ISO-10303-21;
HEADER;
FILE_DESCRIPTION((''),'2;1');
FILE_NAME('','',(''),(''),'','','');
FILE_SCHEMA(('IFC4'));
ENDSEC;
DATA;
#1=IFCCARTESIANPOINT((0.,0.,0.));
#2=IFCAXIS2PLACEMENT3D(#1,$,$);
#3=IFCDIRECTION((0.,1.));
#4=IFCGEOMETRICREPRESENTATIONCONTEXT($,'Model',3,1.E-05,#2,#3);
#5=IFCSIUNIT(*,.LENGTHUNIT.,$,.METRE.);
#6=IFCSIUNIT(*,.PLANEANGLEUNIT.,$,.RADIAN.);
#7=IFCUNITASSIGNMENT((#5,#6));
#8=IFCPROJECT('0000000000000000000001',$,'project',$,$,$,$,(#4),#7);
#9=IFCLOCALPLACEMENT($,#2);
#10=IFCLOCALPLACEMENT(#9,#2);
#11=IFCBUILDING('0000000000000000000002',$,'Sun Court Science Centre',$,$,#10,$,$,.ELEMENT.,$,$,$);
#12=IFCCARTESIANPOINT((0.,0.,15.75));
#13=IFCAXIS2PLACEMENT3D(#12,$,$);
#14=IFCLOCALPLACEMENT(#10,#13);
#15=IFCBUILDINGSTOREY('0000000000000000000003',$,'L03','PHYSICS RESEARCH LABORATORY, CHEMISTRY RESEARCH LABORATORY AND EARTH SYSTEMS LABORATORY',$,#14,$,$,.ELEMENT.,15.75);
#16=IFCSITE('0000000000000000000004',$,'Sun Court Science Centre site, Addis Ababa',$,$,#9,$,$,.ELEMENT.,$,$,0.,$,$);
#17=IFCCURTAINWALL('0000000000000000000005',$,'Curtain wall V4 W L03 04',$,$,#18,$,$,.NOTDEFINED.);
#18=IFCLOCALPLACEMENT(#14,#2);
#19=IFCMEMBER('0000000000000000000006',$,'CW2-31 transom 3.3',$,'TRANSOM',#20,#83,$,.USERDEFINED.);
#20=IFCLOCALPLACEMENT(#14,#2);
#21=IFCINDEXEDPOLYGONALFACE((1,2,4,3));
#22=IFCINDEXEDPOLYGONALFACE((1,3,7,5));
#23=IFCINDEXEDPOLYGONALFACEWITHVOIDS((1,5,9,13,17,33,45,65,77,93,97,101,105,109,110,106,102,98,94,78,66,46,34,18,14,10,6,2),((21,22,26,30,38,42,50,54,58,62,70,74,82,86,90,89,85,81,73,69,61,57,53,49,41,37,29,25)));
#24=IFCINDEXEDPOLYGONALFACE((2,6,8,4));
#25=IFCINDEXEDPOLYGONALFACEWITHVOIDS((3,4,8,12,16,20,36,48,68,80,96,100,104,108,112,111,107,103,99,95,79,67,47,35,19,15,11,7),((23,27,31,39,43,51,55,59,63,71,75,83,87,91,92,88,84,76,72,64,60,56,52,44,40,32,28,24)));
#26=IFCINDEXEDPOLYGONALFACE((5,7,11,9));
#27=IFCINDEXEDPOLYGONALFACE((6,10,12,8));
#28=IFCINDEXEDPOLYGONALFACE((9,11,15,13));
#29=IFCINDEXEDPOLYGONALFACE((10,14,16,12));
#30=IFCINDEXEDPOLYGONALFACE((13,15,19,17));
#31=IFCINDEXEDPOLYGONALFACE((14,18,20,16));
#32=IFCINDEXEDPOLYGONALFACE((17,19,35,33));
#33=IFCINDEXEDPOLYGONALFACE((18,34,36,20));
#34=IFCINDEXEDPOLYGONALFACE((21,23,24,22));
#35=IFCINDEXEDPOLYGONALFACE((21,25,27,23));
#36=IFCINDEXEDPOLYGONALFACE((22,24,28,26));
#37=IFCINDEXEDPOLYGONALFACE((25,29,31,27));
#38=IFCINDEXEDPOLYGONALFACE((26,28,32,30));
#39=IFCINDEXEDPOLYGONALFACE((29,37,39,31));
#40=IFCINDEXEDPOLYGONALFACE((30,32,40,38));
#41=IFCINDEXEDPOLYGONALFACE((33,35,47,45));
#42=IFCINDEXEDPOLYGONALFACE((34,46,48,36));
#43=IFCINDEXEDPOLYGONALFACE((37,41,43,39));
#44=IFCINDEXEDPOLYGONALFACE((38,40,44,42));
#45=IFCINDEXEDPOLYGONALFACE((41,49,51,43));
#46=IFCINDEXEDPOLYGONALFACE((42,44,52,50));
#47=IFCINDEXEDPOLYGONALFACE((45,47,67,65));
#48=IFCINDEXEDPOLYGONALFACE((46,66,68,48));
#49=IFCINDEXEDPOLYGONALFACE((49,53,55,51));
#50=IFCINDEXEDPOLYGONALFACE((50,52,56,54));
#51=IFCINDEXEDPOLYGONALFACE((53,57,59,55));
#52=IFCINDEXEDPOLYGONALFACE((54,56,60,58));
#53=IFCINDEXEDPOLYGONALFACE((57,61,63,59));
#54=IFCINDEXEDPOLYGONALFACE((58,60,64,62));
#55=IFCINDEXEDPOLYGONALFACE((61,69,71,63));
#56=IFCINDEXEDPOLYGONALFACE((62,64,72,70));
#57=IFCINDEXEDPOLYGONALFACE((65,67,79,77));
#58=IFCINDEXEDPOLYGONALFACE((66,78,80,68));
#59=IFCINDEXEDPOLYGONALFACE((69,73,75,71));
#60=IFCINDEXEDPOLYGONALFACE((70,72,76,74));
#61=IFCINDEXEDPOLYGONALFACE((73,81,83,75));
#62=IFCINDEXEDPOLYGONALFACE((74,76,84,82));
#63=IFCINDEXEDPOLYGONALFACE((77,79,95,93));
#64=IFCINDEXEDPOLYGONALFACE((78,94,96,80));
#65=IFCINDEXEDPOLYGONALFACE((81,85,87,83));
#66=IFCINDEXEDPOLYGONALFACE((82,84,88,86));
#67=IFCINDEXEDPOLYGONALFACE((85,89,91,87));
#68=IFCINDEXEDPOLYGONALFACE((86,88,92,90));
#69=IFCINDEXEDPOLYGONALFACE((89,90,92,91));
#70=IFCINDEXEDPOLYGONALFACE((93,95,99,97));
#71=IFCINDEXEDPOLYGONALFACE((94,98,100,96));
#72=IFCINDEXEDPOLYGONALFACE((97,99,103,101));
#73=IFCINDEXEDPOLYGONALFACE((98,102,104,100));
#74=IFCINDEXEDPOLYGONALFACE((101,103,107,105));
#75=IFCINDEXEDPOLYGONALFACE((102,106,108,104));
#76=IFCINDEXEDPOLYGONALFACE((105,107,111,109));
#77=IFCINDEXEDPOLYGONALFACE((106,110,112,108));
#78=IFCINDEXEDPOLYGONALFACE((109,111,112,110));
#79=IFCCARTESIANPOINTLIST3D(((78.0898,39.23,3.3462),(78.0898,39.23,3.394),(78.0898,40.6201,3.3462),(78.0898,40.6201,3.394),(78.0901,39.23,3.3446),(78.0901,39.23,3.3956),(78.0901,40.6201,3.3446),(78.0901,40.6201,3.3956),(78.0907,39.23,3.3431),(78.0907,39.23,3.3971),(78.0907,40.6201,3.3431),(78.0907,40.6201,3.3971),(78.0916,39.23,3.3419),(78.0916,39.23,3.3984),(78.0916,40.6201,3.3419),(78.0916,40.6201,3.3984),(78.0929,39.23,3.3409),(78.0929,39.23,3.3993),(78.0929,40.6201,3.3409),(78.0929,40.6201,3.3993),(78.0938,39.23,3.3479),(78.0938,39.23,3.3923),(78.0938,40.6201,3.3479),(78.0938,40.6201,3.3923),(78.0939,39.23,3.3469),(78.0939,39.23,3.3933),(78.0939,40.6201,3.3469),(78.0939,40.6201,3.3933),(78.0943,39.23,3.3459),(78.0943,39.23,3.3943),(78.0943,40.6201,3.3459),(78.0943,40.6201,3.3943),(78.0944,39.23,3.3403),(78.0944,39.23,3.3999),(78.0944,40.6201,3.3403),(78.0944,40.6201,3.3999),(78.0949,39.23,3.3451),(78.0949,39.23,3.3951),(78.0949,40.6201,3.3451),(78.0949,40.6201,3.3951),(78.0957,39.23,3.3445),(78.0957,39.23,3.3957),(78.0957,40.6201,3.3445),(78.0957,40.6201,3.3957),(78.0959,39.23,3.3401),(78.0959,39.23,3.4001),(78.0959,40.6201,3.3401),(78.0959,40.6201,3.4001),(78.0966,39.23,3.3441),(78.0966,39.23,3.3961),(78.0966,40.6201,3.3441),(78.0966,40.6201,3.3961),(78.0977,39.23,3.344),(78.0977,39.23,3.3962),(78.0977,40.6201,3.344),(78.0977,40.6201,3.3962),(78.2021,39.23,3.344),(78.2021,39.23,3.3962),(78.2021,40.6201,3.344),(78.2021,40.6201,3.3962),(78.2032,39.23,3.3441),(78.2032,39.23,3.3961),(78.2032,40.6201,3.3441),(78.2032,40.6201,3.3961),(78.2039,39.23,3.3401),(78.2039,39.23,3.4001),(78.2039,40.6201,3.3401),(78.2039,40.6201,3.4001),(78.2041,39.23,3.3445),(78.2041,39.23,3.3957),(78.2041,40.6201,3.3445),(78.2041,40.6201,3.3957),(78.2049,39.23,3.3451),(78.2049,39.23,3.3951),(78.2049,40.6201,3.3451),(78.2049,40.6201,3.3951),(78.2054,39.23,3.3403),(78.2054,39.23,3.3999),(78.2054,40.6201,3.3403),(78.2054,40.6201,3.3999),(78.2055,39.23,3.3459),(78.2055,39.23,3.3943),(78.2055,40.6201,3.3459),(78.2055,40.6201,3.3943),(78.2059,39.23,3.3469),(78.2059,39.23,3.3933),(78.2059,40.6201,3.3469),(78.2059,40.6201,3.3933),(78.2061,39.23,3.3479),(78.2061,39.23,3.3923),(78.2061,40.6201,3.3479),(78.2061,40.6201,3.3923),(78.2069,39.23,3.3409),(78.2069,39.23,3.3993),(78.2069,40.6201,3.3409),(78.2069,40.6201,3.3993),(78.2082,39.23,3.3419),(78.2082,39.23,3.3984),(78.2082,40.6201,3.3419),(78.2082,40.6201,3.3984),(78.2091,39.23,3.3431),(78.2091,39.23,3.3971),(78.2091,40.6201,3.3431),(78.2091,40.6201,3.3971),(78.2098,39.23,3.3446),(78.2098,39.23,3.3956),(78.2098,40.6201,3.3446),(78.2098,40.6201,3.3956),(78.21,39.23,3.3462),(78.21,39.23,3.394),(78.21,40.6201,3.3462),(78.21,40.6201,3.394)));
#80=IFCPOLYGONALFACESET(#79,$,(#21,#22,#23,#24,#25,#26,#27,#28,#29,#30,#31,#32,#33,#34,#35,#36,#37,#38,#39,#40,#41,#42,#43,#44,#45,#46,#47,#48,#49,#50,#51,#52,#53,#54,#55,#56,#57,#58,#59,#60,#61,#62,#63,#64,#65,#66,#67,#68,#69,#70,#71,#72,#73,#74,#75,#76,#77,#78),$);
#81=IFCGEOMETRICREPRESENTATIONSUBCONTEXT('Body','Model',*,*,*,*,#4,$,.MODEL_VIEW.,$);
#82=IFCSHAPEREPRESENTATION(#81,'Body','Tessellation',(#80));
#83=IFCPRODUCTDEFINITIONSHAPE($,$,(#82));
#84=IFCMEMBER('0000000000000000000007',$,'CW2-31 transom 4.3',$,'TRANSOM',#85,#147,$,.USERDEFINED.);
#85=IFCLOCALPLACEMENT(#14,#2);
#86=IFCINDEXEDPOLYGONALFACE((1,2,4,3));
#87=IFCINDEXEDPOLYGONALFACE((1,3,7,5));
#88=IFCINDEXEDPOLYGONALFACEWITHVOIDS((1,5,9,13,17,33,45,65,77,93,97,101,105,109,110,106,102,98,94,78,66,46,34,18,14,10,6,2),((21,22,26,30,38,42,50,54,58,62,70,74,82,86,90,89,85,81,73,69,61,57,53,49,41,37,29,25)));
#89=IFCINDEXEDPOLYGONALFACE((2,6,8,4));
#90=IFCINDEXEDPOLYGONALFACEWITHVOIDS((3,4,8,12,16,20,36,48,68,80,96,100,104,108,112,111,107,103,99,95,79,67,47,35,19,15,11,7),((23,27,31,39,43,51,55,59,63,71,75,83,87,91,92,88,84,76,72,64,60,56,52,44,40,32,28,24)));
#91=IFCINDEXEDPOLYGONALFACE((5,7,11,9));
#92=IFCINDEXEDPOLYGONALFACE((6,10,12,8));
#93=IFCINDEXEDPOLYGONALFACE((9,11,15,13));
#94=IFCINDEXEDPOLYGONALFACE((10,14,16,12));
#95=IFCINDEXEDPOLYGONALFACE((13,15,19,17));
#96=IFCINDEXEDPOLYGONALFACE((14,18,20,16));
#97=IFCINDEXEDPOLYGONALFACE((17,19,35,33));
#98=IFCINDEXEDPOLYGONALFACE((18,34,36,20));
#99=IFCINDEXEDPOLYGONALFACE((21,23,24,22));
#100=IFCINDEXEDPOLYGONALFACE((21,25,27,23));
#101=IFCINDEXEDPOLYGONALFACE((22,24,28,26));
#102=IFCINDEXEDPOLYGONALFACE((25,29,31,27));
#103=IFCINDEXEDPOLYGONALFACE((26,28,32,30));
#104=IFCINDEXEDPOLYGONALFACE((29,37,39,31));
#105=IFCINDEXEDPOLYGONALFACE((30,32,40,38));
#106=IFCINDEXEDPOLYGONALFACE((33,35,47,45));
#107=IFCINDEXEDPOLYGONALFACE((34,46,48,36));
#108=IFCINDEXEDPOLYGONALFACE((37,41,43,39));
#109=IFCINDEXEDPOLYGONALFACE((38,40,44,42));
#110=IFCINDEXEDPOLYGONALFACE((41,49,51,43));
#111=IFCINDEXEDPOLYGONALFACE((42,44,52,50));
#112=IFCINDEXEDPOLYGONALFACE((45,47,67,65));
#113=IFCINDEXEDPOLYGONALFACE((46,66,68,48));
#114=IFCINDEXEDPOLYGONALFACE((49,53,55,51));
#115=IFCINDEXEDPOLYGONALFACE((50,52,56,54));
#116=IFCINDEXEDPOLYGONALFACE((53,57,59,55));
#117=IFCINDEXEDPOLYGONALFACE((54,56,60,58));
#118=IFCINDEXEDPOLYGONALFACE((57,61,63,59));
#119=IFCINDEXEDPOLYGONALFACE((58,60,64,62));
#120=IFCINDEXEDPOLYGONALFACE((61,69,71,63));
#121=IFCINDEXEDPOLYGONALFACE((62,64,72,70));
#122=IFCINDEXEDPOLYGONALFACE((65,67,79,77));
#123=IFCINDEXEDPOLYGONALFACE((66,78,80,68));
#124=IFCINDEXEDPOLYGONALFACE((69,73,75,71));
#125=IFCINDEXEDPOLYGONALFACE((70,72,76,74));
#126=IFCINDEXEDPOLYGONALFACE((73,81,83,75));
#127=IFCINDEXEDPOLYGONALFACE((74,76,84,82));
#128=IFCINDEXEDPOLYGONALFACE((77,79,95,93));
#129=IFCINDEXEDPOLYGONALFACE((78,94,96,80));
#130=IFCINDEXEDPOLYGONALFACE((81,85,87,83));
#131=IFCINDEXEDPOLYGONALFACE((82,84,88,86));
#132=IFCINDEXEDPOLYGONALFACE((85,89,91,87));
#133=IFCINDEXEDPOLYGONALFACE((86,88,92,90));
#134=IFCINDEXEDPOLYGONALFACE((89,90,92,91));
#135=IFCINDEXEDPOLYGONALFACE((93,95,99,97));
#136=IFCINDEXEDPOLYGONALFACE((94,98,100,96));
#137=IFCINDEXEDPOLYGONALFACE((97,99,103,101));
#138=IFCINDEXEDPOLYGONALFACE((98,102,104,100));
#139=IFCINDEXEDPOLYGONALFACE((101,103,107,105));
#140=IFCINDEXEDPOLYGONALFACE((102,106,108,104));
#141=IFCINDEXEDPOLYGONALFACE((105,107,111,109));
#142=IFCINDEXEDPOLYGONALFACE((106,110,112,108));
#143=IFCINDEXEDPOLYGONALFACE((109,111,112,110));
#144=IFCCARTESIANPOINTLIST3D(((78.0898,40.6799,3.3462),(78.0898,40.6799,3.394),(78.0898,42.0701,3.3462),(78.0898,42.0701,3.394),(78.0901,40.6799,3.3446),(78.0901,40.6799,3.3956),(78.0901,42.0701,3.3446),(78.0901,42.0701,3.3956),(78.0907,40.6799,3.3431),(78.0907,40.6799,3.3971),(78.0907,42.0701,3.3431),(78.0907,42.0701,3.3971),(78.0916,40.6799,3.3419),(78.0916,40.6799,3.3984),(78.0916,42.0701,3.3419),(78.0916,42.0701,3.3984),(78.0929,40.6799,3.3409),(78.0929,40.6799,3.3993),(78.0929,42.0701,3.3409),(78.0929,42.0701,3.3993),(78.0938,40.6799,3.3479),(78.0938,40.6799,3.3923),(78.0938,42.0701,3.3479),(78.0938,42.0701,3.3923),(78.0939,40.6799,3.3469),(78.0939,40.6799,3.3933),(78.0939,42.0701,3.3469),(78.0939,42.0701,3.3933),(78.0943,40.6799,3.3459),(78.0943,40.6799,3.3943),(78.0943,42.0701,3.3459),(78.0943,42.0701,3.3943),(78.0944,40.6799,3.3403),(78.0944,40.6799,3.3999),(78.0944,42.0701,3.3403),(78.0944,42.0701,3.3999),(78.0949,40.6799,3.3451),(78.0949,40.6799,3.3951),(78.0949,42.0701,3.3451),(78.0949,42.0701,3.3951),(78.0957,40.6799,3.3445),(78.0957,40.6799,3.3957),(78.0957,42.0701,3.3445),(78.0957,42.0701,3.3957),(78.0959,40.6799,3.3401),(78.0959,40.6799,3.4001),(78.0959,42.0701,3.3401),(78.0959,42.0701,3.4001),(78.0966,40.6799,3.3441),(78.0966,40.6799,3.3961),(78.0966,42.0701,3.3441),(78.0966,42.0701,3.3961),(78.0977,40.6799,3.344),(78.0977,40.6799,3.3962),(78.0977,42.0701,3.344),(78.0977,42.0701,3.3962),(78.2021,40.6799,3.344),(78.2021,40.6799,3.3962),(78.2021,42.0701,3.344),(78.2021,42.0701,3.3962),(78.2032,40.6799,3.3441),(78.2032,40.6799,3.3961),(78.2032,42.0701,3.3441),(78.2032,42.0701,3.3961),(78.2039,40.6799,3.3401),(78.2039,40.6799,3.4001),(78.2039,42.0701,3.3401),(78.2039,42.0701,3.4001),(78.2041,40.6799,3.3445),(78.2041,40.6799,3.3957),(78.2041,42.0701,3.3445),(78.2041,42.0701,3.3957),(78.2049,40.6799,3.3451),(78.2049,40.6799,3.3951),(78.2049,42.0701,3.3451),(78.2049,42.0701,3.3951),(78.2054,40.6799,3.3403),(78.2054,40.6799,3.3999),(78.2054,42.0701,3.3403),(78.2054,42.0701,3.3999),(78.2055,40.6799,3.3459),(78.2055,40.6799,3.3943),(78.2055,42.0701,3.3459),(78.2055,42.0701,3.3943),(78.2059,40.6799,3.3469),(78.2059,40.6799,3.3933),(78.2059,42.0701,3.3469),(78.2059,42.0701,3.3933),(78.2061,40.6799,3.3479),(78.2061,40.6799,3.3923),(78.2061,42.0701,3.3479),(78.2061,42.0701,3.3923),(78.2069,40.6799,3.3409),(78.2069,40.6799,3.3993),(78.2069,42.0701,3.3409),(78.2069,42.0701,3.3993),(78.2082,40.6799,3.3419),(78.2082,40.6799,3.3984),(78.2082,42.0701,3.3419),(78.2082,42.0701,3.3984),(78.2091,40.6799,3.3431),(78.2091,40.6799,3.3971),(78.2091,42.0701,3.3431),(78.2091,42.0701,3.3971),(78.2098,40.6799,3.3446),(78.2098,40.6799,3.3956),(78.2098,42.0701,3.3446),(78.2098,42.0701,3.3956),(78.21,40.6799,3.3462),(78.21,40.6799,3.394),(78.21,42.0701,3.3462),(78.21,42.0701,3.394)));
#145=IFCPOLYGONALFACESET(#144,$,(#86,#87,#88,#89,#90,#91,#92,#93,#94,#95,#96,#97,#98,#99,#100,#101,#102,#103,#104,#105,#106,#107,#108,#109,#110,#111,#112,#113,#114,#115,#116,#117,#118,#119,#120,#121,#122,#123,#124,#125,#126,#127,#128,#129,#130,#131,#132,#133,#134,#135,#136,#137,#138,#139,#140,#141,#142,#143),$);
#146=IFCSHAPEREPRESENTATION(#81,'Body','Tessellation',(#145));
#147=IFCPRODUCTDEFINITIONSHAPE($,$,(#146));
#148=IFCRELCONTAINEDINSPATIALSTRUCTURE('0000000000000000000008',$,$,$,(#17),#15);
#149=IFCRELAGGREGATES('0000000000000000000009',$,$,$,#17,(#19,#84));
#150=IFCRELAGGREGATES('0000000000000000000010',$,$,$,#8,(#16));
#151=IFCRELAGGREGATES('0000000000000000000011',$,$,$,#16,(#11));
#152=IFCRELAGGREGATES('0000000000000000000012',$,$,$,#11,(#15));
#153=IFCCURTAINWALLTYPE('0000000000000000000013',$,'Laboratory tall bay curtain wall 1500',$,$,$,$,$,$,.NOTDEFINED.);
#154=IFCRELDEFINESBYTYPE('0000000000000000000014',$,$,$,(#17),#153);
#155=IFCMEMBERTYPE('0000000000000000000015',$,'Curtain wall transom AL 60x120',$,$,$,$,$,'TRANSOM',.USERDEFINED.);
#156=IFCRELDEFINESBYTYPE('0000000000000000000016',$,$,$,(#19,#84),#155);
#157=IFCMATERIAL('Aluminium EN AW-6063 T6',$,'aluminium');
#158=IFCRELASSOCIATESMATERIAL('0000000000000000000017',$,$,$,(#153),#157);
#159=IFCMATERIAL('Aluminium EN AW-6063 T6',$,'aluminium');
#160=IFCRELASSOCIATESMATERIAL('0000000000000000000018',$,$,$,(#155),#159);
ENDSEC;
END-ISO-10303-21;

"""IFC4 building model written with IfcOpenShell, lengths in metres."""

from ifc_helpers import new_model, si_unit, direction, frame, origin, origin_2d, place, context, subcontext, project, spatial, hollow_rectangle, extrude, material, material_profile, profile_set, type_object, element, aggregate, save


model = new_model("IFC4")

# Units and contexts
model_context = context("Model", 3, precision=1e-05, world=origin(), true_north=direction((0.0, 1.0)))
body_context = subcontext(model_context, "Body", "Model", "MODEL_VIEW")
ifc_project = project(units=[si_unit("LENGTHUNIT", "METRE"), si_unit("PLANEANGLEUNIT", "RADIAN")], contexts=[model_context])

# Site, building, storey
site_placement = place(None, origin())
site = spatial("IfcSite", under=ifc_project, at=site_placement, Name="Sun Court Science Centre site, Addis Ababa", CompositionType="ELEMENT", RefElevation=0.0)
building_placement = place(site_placement, origin())
building = spatial("IfcBuilding", under=site, at=building_placement, Name="Sun Court Science Centre", CompositionType="ELEMENT")
storey_placement = place(building_placement, frame((0.0, 0.0, 15.75)))
storey = spatial("IfcBuildingStorey", under=building, at=storey_placement, Name="L03", Description="PHYSICS RESEARCH LABORATORY, CHEMISTRY RESEARCH LABORATORY AND EARTH SYSTEMS LABORATORY", CompositionType="ELEMENT", Elevation=15.75)

# Curtain wall
ifc_material_1 = material(Name="Aluminium EN AW-6063 T6", Category="aluminium")
curtain_wall_type = type_object("IfcCurtainWallType", Name="Laboratory tall bay curtain wall 1500", PredefinedType="NOTDEFINED", material=ifc_material_1)
curtain_wall_1_placement = place(storey_placement, origin())
curtain_wall_1 = element("IfcCurtainWall", 1, at=curtain_wall_1_placement, inside=storey, type_object=curtain_wall_type, Name="Curtain wall V4 W L03 04", PredefinedType="NOTDEFINED")

# Members
ifc_material_2 = material(Name="Aluminium EN AW-6063 T6", Category="aluminium")
ifc_material_profile_1 = material_profile(ifc_material_2, hollow_rectangle(XDim=0.0601, YDim=0.1201, WallThickness=0.0039, InnerFilletRadius=0.0039, OuterFilletRadius=0.0061, at=origin_2d()), Name="AL 60x120x4")
ifc_profile_set_1 = profile_set([ifc_material_profile_1], Name="Aluminium EN AW-6063 T6")
member_type_1 = type_object("IfcMemberType", Name="Curtain wall transom AL 60x120", ElementType="TRANSOM", PredefinedType="USERDEFINED", material=ifc_profile_set_1)
member_1_placement = place(storey_placement, frame((78.1499, 39.23, 3.3701), z_axis=(0.0, 1.0, 0.0), x_axis=(0.0, 0.0, 1.0)))
member_1 = element("IfcMember", 2, at=member_1_placement, type_object=member_type_1, Name="CW2-31 transom 3.3", ObjectType="TRANSOM", PredefinedType="USERDEFINED", context=body_context, shape_type="SweptSolid", body=[
    extrude(hollow_rectangle(XDim=0.0601, YDim=0.1201, WallThickness=0.0039, InnerFilletRadius=0.0039, OuterFilletRadius=0.0061, at=origin_2d()), origin(), (0.0, 0.0, 1.0), 1.3901),
])
member_2_placement = place(storey_placement, frame((78.1499, 40.6799, 3.3701), z_axis=(0.0, 1.0, 0.0), x_axis=(0.0, 0.0, 1.0)))
member_2 = element("IfcMember", 3, at=member_2_placement, type_object=member_type_1, Name="CW2-31 transom 4.3", ObjectType="TRANSOM", PredefinedType="USERDEFINED", context=body_context, shape_type="SweptSolid", body=[
    extrude(hollow_rectangle(XDim=0.0601, YDim=0.1201, WallThickness=0.0039, InnerFilletRadius=0.0039, OuterFilletRadius=0.0061, at=origin_2d()), origin(), (0.0, 0.0, 1.0), 1.3901),
])

aggregate(curtain_wall_1, [member_1, member_2])

save(model, "model.ifc")
